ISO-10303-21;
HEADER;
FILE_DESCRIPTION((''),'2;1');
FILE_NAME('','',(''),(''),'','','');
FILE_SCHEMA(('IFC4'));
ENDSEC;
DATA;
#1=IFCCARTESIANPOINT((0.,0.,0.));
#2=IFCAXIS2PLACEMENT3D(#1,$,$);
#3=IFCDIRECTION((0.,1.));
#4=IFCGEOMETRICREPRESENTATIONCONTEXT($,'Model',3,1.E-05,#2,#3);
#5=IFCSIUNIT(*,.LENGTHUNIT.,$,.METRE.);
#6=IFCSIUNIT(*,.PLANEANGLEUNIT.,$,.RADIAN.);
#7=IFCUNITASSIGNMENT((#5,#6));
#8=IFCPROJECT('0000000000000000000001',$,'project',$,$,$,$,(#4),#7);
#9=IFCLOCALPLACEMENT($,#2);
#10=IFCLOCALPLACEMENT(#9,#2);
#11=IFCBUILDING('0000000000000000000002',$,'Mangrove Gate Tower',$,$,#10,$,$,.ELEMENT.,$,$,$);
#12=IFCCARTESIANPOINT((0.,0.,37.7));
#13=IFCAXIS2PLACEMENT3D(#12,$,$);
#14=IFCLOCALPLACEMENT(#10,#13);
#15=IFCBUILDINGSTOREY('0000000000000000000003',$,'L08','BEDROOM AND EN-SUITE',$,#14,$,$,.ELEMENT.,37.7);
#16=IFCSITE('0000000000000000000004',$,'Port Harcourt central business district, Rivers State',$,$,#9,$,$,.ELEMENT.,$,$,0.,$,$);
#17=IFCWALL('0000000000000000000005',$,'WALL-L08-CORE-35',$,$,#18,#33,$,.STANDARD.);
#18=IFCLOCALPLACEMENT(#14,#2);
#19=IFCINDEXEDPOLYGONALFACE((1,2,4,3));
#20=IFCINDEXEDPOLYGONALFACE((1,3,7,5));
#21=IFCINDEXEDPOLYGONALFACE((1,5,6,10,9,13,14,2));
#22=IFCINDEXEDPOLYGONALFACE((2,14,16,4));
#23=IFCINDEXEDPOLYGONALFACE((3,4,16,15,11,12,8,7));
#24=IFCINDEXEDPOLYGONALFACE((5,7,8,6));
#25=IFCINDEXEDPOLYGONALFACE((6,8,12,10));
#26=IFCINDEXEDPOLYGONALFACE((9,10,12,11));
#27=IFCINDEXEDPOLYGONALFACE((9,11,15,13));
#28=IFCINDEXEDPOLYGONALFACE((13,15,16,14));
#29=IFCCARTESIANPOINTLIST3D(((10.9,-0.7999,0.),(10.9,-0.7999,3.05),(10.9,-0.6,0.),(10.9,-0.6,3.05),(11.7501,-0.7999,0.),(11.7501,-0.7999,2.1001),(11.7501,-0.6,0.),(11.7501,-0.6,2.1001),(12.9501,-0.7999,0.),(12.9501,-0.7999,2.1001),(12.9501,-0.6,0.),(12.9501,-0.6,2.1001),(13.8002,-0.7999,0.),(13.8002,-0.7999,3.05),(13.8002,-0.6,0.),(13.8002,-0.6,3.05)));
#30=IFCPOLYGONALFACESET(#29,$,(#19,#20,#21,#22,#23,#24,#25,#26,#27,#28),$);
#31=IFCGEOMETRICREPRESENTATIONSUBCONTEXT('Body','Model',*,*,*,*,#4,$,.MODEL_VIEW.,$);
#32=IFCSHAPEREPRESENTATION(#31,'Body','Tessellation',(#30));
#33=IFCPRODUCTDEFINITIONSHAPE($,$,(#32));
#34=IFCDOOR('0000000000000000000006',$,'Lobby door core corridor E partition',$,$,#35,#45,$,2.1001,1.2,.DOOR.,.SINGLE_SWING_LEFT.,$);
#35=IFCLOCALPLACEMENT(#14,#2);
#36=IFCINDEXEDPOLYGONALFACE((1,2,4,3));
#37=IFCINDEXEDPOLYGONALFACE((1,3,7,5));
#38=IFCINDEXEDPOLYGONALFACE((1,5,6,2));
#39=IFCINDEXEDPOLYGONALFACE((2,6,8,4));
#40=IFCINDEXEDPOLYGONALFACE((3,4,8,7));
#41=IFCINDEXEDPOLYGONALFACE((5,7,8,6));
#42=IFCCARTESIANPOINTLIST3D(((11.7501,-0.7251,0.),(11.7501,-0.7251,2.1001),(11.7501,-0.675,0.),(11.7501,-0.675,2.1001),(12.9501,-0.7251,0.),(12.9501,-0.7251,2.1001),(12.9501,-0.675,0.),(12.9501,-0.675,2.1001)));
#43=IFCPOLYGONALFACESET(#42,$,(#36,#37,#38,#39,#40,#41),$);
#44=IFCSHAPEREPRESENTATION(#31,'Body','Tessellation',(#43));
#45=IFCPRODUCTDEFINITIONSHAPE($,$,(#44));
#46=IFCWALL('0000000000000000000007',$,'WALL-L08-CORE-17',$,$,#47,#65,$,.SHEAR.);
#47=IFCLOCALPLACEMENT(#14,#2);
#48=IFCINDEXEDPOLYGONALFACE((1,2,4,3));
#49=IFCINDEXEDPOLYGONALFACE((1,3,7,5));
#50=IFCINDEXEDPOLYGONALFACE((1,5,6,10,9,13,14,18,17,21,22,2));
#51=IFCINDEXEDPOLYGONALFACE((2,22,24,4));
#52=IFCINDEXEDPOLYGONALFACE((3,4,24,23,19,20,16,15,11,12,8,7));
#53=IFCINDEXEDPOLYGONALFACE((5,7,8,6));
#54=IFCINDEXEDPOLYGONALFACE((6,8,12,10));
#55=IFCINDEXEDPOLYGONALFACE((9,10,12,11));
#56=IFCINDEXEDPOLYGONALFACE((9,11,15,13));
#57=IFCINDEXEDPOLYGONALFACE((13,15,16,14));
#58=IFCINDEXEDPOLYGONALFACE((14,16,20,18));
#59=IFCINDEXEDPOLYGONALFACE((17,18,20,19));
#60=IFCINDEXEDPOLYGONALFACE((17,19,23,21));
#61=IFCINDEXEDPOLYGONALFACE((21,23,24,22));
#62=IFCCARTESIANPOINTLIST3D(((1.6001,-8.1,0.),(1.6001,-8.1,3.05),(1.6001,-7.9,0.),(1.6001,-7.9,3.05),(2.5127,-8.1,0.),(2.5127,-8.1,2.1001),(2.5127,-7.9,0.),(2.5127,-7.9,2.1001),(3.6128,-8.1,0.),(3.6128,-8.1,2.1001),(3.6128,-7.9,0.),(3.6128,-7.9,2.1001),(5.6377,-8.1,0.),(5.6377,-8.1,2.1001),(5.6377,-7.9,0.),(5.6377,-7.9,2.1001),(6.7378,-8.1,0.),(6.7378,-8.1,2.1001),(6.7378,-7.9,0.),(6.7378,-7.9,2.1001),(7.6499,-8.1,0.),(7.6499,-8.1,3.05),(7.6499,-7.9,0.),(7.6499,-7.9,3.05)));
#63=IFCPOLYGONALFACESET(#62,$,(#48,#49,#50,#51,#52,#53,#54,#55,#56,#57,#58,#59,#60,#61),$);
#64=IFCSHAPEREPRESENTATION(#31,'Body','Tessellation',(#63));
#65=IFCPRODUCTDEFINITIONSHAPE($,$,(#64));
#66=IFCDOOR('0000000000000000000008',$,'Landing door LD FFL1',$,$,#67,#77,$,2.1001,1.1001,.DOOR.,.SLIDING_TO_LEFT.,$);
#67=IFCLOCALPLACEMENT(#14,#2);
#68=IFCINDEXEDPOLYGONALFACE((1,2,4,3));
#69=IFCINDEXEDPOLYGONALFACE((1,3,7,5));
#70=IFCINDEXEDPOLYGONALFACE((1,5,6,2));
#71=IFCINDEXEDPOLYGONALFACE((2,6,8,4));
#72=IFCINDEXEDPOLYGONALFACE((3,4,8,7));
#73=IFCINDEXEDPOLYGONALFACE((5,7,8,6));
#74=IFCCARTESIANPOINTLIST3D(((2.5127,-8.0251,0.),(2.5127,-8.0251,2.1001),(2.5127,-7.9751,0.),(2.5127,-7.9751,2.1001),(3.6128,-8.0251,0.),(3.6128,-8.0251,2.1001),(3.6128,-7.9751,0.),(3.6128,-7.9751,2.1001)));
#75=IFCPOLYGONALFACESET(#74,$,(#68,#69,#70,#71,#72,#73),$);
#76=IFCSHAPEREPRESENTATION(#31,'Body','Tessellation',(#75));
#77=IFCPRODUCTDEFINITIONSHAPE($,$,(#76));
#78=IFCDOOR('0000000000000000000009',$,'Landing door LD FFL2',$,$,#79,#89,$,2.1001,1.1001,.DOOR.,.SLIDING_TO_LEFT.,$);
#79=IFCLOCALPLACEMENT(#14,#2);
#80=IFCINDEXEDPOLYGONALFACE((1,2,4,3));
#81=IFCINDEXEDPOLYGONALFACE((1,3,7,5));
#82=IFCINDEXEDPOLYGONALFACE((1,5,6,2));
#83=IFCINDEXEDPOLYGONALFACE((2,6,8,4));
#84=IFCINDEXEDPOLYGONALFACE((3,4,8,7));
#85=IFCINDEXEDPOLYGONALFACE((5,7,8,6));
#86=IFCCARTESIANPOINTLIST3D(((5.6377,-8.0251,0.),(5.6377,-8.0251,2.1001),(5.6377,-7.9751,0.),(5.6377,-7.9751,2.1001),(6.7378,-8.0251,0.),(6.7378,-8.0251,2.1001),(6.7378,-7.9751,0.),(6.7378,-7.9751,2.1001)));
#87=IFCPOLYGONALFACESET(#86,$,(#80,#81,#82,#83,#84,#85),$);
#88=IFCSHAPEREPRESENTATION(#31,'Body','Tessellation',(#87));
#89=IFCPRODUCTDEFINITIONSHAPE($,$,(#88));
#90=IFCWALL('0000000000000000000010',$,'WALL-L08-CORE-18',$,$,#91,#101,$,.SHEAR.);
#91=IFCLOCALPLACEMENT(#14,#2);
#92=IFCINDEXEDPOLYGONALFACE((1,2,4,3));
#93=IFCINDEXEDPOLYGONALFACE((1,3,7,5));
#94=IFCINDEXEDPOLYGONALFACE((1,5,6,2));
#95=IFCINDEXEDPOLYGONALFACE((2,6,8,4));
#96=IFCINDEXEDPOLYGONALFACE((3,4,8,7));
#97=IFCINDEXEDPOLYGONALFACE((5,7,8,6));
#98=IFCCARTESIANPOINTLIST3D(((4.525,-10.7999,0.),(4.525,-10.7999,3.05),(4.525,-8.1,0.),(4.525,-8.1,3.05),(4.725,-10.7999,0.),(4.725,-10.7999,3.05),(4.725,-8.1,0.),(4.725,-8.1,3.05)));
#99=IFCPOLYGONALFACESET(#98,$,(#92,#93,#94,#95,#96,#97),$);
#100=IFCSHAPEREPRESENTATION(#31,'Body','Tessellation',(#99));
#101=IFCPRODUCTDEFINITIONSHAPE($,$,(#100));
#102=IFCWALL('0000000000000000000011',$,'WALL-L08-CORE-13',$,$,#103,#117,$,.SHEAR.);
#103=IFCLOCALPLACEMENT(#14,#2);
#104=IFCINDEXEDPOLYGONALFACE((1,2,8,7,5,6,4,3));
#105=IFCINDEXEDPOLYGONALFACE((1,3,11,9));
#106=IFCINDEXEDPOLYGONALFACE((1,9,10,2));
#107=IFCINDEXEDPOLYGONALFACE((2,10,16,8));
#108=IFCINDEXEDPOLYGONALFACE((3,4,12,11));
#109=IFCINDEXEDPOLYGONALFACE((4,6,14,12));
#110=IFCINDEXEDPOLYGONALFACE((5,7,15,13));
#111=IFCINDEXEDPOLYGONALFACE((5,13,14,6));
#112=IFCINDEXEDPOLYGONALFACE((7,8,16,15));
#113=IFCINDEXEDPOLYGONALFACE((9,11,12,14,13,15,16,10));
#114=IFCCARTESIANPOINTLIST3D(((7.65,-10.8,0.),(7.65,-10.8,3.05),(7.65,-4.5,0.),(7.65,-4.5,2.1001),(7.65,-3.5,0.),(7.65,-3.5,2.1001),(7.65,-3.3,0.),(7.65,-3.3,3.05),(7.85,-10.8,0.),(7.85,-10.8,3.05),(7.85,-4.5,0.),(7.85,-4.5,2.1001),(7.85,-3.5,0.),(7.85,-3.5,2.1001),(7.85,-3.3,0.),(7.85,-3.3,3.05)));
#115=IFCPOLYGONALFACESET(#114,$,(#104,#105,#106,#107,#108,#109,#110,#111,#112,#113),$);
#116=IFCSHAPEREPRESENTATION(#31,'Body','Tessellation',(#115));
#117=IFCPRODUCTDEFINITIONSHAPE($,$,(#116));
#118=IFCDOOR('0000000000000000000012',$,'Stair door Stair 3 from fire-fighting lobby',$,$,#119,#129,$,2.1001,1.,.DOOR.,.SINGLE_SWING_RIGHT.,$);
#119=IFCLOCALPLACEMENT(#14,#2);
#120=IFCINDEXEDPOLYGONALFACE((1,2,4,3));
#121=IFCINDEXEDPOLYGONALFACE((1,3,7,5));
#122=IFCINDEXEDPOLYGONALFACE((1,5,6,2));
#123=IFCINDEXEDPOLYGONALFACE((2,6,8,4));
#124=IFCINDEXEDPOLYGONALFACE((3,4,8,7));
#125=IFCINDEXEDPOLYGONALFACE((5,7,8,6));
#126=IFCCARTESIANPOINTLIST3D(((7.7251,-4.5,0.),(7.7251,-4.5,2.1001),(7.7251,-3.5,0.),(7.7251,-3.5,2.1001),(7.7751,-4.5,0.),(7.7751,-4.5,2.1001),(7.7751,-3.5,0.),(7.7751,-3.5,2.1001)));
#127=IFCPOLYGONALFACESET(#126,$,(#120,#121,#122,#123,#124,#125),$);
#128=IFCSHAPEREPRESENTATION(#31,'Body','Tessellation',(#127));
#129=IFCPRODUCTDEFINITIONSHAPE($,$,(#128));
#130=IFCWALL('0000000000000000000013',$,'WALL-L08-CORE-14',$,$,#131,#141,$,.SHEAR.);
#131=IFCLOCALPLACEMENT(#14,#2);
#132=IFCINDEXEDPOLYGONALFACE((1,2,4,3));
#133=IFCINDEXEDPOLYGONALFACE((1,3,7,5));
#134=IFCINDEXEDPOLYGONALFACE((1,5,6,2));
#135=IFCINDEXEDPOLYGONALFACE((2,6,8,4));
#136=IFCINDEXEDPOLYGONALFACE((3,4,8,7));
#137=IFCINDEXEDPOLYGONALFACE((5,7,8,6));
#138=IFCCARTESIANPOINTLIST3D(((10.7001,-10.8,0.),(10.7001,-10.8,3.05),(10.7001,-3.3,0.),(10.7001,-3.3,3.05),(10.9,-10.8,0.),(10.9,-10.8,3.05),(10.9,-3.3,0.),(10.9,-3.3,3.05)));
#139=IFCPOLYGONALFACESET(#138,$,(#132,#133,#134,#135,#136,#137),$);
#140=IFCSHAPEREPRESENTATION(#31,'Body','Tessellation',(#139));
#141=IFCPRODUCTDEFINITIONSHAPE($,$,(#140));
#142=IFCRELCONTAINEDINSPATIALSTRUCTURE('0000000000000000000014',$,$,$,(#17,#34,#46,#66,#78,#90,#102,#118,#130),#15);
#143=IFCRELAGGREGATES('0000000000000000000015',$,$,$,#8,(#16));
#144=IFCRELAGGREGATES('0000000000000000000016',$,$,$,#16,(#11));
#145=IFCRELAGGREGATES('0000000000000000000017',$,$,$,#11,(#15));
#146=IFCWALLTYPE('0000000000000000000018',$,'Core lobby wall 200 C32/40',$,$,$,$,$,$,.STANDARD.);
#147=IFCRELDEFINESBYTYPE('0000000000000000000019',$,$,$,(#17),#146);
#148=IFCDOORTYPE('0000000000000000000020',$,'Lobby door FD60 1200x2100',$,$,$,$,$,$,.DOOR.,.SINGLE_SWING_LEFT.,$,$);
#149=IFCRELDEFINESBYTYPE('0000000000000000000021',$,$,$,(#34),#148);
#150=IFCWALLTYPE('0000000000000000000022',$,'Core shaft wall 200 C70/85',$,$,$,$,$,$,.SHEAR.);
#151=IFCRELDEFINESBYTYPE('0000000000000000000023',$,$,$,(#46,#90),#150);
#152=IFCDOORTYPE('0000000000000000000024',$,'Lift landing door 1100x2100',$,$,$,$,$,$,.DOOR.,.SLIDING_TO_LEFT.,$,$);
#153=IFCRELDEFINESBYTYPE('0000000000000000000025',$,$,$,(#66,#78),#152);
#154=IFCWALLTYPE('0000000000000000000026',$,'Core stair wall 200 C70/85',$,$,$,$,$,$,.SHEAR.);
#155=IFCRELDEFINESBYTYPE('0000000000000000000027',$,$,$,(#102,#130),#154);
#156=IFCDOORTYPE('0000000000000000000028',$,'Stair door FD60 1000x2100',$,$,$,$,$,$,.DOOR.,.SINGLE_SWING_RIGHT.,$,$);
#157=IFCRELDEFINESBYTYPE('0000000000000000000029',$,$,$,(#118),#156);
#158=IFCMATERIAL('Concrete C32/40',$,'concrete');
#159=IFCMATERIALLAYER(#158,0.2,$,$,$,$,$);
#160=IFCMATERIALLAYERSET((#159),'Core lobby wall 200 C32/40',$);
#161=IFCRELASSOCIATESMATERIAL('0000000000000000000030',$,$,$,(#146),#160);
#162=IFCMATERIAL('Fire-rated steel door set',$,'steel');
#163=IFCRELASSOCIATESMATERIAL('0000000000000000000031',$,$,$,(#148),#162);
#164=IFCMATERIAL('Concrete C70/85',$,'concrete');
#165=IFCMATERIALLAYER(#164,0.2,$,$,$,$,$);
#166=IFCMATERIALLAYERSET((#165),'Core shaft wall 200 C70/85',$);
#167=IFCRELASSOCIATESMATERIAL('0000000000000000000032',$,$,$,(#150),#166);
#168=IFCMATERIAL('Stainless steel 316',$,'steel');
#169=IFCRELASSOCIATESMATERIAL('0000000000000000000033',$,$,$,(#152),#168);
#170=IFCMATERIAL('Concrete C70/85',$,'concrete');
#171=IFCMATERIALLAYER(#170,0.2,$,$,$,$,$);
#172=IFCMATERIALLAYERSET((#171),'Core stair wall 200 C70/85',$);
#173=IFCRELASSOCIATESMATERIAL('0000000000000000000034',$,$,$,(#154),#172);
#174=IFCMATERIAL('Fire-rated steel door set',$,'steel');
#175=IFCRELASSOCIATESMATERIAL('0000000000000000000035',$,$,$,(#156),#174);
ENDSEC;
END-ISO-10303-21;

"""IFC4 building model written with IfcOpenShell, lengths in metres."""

from ifc_helpers import new_model, si_unit, direction, frame, frame_2d, origin, place, context, subcontext, project, spatial, rectangle, extrude, material, layer, layer_set, type_object, element, fill, save


model = new_model("IFC4")

# Units and contexts
model_context = context("Model", 3, precision=1e-05, world=origin(), true_north=direction((0.0, 1.0)))
body_context = subcontext(model_context, "Body", "Model", "MODEL_VIEW")
ifc_project = project(units=[si_unit("LENGTHUNIT", "METRE"), si_unit("PLANEANGLEUNIT", "RADIAN")], contexts=[model_context])

# Site, building, storey
site_placement = place(None, origin())
site = spatial("IfcSite", under=ifc_project, at=site_placement, Name="Port Harcourt central business district, Rivers State", CompositionType="ELEMENT", RefElevation=0.0)
building_placement = place(site_placement, origin())
building = spatial("IfcBuilding", under=site, at=building_placement, Name="Mangrove Gate Tower", CompositionType="ELEMENT")
storey_placement = place(building_placement, frame((0.0, 0.0, 37.7)))
storey = spatial("IfcBuildingStorey", under=building, at=storey_placement, Name="L08", Description="BEDROOM AND EN-SUITE", CompositionType="ELEMENT", Elevation=37.7)

# Wall, opening, door
ifc_material_1 = material(Name="Concrete C32/40", Category="concrete")
ifc_layer_1 = layer(ifc_material_1, 0.2)
ifc_layer_set_1 = layer_set([ifc_layer_1], Name="Core lobby wall 200 C32/40")
wall_type_1 = type_object("IfcWallType", Name="Core lobby wall 200 C32/40", PredefinedType="STANDARD", material=ifc_layer_set_1)
wall_1_placement = place(storey_placement, frame((10.8999, -0.7, 0.0), z_axis=(0.0, 0.0, 1.0), x_axis=(1.0, 0.0, 0.0)))
wall_1 = element("IfcWall", 1, at=wall_1_placement, inside=storey, type_object=wall_type_1, Name="WALL-L08-CORE-35", PredefinedType="STANDARD", context=body_context, shape_type="SweptSolid", body=[
    extrude(rectangle(XDim=2.9001, YDim=0.2, at=frame_2d((1.4502, 0.0))), origin(), (0.0, 0.0, 1.0), 3.05),
])
opening_1_placement = place(wall_1_placement, frame((0.8501, 0.0, 0.0)))
opening_1 = element("IfcOpeningElement", 2, at=opening_1_placement, cuts=wall_1, PredefinedType="OPENING", context=body_context, shape_type="SweptSolid", body=[
    extrude(rectangle(XDim=1.2, YDim=2.1001, at=frame_2d((0.6001, 1.05))), frame((0.0, 0.1099, 0.0), z_axis=(0.0, -1.0, 0.0), x_axis=(1.0, 0.0, 0.0)), (0.0, 0.0, 1.0), 0.22),
])
ifc_material_2 = material(Name="Fire-rated steel door set", Category="steel")
door_type_1 = type_object("IfcDoorType", Name="Lobby door FD60 1200x2100", OperationType="SINGLE_SWING_LEFT", PredefinedType="DOOR", material=ifc_material_2)
door_1_placement = place(opening_1_placement, origin())
door_1 = element("IfcDoor", 3, at=door_1_placement, inside=storey, type_object=door_type_1, Name="Lobby door core corridor E partition", OperationType="SINGLE_SWING_LEFT", OverallHeight=2.1001, OverallWidth=1.2, PredefinedType="DOOR", context=body_context, shape_type="SweptSolid", body=[
    extrude(rectangle(XDim=1.2, YDim=2.1001, at=frame_2d((0.6001, 1.05))), frame((0.0, 0.0249, 0.0), z_axis=(0.0, -1.0, 0.0), x_axis=(1.0, 0.0, 0.0)), (0.0, 0.0, 1.0), 0.05),
])
fill(opening_1, door_1)

# Wall, openings, doors
ifc_material_3 = material(Name="Concrete C70/85", Category="concrete")
ifc_layer_2 = layer(ifc_material_3, 0.2)
ifc_layer_set_2 = layer_set([ifc_layer_2], Name="Core shaft wall 200 C70/85")
wall_type_2 = type_object("IfcWallType", Name="Core shaft wall 200 C70/85", PredefinedType="SHEAR", material=ifc_layer_set_2)
wall_2_placement = place(storey_placement, frame((1.6001, -8.0, 0.0), z_axis=(0.0, 0.0, 1.0), x_axis=(1.0, 0.0, 0.0)))
wall_2 = element("IfcWall", 4, at=wall_2_placement, inside=storey, type_object=wall_type_2, Name="WALL-L08-CORE-17", PredefinedType="SHEAR", context=body_context, shape_type="SweptSolid", body=[
    extrude(rectangle(XDim=6.0498, YDim=0.2, at=frame_2d((3.0249, 0.0))), origin(), (0.0, 0.0, 1.0), 3.05),
])
opening_2_placement = place(wall_2_placement, frame((0.9126, 0.0, 0.0)))
opening_2 = element("IfcOpeningElement", 5, at=opening_2_placement, cuts=wall_2, PredefinedType="OPENING", context=body_context, shape_type="SweptSolid", body=[
    extrude(rectangle(XDim=1.1001, YDim=2.1001, at=frame_2d((0.55, 1.05))), frame((0.0, 0.1099, 0.0), z_axis=(0.0, -1.0, 0.0), x_axis=(1.0, 0.0, 0.0)), (0.0, 0.0, 1.0), 0.22),
])
opening_3_placement = place(wall_2_placement, frame((4.0376, 0.0, 0.0)))
opening_3 = element("IfcOpeningElement", 6, at=opening_3_placement, cuts=wall_2, PredefinedType="OPENING", context=body_context, shape_type="SweptSolid", body=[
    extrude(rectangle(XDim=1.1001, YDim=2.1001, at=frame_2d((0.55, 1.05))), frame((0.0, 0.1099, 0.0), z_axis=(0.0, -1.0, 0.0), x_axis=(1.0, 0.0, 0.0)), (0.0, 0.0, 1.0), 0.22),
])
ifc_material_4 = material(Name="Stainless steel 316", Category="steel")
door_type_2 = type_object("IfcDoorType", Name="Lift landing door 1100x2100", OperationType="SLIDING_TO_LEFT", PredefinedType="DOOR", material=ifc_material_4)
door_2_placement = place(opening_2_placement, origin())
door_2 = element("IfcDoor", 7, at=door_2_placement, inside=storey, type_object=door_type_2, Name="Landing door LD FFL1", OperationType="SLIDING_TO_LEFT", OverallHeight=2.1001, OverallWidth=1.1001, PredefinedType="DOOR", context=body_context, shape_type="SweptSolid", body=[
    extrude(rectangle(XDim=1.1001, YDim=2.1001, at=frame_2d((0.55, 1.05))), frame((0.0, 0.0249, 0.0), z_axis=(0.0, -1.0, 0.0), x_axis=(1.0, 0.0, 0.0)), (0.0, 0.0, 1.0), 0.05),
])
fill(opening_2, door_2)
door_3_placement = place(opening_3_placement, origin())
door_3 = element("IfcDoor", 8, at=door_3_placement, inside=storey, type_object=door_type_2, Name="Landing door LD FFL2", OperationType="SLIDING_TO_LEFT", OverallHeight=2.1001, OverallWidth=1.1001, PredefinedType="DOOR", context=body_context, shape_type="SweptSolid", body=[
    extrude(rectangle(XDim=1.1001, YDim=2.1001, at=frame_2d((0.55, 1.05))), frame((0.0, 0.0249, 0.0), z_axis=(0.0, -1.0, 0.0), x_axis=(1.0, 0.0, 0.0)), (0.0, 0.0, 1.0), 0.05),
])
fill(opening_3, door_3)

# Wall
wall_3_placement = place(storey_placement, frame((4.625, -10.8, 0.0), z_axis=(0.0, 0.0, 1.0), x_axis=(0.0, 1.0, 0.0)))
element("IfcWall", 9, at=wall_3_placement, inside=storey, type_object=wall_type_2, Name="WALL-L08-CORE-18", PredefinedType="SHEAR", context=body_context, shape_type="SweptSolid", body=[
    extrude(rectangle(XDim=2.7, YDim=0.2, at=frame_2d((1.3501, 0.0))), origin(), (0.0, 0.0, 1.0), 3.05),
])

# Wall, opening, door
ifc_material_5 = material(Name="Concrete C70/85", Category="concrete")
ifc_layer_3 = layer(ifc_material_5, 0.2)
ifc_layer_set_3 = layer_set([ifc_layer_3], Name="Core stair wall 200 C70/85")
wall_type_3 = type_object("IfcWallType", Name="Core stair wall 200 C70/85", PredefinedType="SHEAR", material=ifc_layer_set_3)
wall_4_placement = place(storey_placement, frame((7.75, -10.8, 0.0), z_axis=(0.0, 0.0, 1.0), x_axis=(0.0, 1.0, 0.0)))
wall_4 = element("IfcWall", 10, at=wall_4_placement, inside=storey, type_object=wall_type_3, Name="WALL-L08-CORE-13", PredefinedType="SHEAR", context=body_context, shape_type="SweptSolid", body=[
    extrude(rectangle(XDim=7.5, YDim=0.2, at=frame_2d((3.75, 0.0))), origin(), (0.0, 0.0, 1.0), 3.05),
])
opening_4_placement = place(wall_4_placement, frame((6.3, 0.0, 0.0)))
opening_4 = element("IfcOpeningElement", 11, at=opening_4_placement, cuts=wall_4, PredefinedType="OPENING", context=body_context, shape_type="SweptSolid", body=[
    extrude(rectangle(XDim=1.0, YDim=2.1001, at=frame_2d((0.5, 1.05))), frame((0.0, 0.1099, 0.0), z_axis=(0.0, -1.0, 0.0), x_axis=(1.0, 0.0, 0.0)), (0.0, 0.0, 1.0), 0.22),
])
ifc_material_6 = material(Name="Fire-rated steel door set", Category="steel")
door_type_3 = type_object("IfcDoorType", Name="Stair door FD60 1000x2100", OperationType="SINGLE_SWING_RIGHT", PredefinedType="DOOR", material=ifc_material_6)
door_4_placement = place(opening_4_placement, origin())
door_4 = element("IfcDoor", 12, at=door_4_placement, inside=storey, type_object=door_type_3, Name="Stair door Stair 3 from fire-fighting lobby", OperationType="SINGLE_SWING_RIGHT", OverallHeight=2.1001, OverallWidth=1.0, PredefinedType="DOOR", context=body_context, shape_type="SweptSolid", body=[
    extrude(rectangle(XDim=1.0, YDim=2.1001, at=frame_2d((0.5, 1.05))), frame((0.0, 0.0249, 0.0), z_axis=(0.0, -1.0, 0.0), x_axis=(1.0, 0.0, 0.0)), (0.0, 0.0, 1.0), 0.05),
])
fill(opening_4, door_4)

# Wall
wall_5_placement = place(storey_placement, frame((10.8, -10.8, 0.0), z_axis=(0.0, 0.0, 1.0), x_axis=(0.0, 1.0, 0.0)))
element("IfcWall", 13, at=wall_5_placement, inside=storey, type_object=wall_type_3, Name="WALL-L08-CORE-14", PredefinedType="SHEAR", context=body_context, shape_type="SweptSolid", body=[
    extrude(rectangle(XDim=7.5, YDim=0.2, at=frame_2d((3.75, 0.0))), origin(), (0.0, 0.0, 1.0), 3.05),
])

save(model, "model.ifc")
